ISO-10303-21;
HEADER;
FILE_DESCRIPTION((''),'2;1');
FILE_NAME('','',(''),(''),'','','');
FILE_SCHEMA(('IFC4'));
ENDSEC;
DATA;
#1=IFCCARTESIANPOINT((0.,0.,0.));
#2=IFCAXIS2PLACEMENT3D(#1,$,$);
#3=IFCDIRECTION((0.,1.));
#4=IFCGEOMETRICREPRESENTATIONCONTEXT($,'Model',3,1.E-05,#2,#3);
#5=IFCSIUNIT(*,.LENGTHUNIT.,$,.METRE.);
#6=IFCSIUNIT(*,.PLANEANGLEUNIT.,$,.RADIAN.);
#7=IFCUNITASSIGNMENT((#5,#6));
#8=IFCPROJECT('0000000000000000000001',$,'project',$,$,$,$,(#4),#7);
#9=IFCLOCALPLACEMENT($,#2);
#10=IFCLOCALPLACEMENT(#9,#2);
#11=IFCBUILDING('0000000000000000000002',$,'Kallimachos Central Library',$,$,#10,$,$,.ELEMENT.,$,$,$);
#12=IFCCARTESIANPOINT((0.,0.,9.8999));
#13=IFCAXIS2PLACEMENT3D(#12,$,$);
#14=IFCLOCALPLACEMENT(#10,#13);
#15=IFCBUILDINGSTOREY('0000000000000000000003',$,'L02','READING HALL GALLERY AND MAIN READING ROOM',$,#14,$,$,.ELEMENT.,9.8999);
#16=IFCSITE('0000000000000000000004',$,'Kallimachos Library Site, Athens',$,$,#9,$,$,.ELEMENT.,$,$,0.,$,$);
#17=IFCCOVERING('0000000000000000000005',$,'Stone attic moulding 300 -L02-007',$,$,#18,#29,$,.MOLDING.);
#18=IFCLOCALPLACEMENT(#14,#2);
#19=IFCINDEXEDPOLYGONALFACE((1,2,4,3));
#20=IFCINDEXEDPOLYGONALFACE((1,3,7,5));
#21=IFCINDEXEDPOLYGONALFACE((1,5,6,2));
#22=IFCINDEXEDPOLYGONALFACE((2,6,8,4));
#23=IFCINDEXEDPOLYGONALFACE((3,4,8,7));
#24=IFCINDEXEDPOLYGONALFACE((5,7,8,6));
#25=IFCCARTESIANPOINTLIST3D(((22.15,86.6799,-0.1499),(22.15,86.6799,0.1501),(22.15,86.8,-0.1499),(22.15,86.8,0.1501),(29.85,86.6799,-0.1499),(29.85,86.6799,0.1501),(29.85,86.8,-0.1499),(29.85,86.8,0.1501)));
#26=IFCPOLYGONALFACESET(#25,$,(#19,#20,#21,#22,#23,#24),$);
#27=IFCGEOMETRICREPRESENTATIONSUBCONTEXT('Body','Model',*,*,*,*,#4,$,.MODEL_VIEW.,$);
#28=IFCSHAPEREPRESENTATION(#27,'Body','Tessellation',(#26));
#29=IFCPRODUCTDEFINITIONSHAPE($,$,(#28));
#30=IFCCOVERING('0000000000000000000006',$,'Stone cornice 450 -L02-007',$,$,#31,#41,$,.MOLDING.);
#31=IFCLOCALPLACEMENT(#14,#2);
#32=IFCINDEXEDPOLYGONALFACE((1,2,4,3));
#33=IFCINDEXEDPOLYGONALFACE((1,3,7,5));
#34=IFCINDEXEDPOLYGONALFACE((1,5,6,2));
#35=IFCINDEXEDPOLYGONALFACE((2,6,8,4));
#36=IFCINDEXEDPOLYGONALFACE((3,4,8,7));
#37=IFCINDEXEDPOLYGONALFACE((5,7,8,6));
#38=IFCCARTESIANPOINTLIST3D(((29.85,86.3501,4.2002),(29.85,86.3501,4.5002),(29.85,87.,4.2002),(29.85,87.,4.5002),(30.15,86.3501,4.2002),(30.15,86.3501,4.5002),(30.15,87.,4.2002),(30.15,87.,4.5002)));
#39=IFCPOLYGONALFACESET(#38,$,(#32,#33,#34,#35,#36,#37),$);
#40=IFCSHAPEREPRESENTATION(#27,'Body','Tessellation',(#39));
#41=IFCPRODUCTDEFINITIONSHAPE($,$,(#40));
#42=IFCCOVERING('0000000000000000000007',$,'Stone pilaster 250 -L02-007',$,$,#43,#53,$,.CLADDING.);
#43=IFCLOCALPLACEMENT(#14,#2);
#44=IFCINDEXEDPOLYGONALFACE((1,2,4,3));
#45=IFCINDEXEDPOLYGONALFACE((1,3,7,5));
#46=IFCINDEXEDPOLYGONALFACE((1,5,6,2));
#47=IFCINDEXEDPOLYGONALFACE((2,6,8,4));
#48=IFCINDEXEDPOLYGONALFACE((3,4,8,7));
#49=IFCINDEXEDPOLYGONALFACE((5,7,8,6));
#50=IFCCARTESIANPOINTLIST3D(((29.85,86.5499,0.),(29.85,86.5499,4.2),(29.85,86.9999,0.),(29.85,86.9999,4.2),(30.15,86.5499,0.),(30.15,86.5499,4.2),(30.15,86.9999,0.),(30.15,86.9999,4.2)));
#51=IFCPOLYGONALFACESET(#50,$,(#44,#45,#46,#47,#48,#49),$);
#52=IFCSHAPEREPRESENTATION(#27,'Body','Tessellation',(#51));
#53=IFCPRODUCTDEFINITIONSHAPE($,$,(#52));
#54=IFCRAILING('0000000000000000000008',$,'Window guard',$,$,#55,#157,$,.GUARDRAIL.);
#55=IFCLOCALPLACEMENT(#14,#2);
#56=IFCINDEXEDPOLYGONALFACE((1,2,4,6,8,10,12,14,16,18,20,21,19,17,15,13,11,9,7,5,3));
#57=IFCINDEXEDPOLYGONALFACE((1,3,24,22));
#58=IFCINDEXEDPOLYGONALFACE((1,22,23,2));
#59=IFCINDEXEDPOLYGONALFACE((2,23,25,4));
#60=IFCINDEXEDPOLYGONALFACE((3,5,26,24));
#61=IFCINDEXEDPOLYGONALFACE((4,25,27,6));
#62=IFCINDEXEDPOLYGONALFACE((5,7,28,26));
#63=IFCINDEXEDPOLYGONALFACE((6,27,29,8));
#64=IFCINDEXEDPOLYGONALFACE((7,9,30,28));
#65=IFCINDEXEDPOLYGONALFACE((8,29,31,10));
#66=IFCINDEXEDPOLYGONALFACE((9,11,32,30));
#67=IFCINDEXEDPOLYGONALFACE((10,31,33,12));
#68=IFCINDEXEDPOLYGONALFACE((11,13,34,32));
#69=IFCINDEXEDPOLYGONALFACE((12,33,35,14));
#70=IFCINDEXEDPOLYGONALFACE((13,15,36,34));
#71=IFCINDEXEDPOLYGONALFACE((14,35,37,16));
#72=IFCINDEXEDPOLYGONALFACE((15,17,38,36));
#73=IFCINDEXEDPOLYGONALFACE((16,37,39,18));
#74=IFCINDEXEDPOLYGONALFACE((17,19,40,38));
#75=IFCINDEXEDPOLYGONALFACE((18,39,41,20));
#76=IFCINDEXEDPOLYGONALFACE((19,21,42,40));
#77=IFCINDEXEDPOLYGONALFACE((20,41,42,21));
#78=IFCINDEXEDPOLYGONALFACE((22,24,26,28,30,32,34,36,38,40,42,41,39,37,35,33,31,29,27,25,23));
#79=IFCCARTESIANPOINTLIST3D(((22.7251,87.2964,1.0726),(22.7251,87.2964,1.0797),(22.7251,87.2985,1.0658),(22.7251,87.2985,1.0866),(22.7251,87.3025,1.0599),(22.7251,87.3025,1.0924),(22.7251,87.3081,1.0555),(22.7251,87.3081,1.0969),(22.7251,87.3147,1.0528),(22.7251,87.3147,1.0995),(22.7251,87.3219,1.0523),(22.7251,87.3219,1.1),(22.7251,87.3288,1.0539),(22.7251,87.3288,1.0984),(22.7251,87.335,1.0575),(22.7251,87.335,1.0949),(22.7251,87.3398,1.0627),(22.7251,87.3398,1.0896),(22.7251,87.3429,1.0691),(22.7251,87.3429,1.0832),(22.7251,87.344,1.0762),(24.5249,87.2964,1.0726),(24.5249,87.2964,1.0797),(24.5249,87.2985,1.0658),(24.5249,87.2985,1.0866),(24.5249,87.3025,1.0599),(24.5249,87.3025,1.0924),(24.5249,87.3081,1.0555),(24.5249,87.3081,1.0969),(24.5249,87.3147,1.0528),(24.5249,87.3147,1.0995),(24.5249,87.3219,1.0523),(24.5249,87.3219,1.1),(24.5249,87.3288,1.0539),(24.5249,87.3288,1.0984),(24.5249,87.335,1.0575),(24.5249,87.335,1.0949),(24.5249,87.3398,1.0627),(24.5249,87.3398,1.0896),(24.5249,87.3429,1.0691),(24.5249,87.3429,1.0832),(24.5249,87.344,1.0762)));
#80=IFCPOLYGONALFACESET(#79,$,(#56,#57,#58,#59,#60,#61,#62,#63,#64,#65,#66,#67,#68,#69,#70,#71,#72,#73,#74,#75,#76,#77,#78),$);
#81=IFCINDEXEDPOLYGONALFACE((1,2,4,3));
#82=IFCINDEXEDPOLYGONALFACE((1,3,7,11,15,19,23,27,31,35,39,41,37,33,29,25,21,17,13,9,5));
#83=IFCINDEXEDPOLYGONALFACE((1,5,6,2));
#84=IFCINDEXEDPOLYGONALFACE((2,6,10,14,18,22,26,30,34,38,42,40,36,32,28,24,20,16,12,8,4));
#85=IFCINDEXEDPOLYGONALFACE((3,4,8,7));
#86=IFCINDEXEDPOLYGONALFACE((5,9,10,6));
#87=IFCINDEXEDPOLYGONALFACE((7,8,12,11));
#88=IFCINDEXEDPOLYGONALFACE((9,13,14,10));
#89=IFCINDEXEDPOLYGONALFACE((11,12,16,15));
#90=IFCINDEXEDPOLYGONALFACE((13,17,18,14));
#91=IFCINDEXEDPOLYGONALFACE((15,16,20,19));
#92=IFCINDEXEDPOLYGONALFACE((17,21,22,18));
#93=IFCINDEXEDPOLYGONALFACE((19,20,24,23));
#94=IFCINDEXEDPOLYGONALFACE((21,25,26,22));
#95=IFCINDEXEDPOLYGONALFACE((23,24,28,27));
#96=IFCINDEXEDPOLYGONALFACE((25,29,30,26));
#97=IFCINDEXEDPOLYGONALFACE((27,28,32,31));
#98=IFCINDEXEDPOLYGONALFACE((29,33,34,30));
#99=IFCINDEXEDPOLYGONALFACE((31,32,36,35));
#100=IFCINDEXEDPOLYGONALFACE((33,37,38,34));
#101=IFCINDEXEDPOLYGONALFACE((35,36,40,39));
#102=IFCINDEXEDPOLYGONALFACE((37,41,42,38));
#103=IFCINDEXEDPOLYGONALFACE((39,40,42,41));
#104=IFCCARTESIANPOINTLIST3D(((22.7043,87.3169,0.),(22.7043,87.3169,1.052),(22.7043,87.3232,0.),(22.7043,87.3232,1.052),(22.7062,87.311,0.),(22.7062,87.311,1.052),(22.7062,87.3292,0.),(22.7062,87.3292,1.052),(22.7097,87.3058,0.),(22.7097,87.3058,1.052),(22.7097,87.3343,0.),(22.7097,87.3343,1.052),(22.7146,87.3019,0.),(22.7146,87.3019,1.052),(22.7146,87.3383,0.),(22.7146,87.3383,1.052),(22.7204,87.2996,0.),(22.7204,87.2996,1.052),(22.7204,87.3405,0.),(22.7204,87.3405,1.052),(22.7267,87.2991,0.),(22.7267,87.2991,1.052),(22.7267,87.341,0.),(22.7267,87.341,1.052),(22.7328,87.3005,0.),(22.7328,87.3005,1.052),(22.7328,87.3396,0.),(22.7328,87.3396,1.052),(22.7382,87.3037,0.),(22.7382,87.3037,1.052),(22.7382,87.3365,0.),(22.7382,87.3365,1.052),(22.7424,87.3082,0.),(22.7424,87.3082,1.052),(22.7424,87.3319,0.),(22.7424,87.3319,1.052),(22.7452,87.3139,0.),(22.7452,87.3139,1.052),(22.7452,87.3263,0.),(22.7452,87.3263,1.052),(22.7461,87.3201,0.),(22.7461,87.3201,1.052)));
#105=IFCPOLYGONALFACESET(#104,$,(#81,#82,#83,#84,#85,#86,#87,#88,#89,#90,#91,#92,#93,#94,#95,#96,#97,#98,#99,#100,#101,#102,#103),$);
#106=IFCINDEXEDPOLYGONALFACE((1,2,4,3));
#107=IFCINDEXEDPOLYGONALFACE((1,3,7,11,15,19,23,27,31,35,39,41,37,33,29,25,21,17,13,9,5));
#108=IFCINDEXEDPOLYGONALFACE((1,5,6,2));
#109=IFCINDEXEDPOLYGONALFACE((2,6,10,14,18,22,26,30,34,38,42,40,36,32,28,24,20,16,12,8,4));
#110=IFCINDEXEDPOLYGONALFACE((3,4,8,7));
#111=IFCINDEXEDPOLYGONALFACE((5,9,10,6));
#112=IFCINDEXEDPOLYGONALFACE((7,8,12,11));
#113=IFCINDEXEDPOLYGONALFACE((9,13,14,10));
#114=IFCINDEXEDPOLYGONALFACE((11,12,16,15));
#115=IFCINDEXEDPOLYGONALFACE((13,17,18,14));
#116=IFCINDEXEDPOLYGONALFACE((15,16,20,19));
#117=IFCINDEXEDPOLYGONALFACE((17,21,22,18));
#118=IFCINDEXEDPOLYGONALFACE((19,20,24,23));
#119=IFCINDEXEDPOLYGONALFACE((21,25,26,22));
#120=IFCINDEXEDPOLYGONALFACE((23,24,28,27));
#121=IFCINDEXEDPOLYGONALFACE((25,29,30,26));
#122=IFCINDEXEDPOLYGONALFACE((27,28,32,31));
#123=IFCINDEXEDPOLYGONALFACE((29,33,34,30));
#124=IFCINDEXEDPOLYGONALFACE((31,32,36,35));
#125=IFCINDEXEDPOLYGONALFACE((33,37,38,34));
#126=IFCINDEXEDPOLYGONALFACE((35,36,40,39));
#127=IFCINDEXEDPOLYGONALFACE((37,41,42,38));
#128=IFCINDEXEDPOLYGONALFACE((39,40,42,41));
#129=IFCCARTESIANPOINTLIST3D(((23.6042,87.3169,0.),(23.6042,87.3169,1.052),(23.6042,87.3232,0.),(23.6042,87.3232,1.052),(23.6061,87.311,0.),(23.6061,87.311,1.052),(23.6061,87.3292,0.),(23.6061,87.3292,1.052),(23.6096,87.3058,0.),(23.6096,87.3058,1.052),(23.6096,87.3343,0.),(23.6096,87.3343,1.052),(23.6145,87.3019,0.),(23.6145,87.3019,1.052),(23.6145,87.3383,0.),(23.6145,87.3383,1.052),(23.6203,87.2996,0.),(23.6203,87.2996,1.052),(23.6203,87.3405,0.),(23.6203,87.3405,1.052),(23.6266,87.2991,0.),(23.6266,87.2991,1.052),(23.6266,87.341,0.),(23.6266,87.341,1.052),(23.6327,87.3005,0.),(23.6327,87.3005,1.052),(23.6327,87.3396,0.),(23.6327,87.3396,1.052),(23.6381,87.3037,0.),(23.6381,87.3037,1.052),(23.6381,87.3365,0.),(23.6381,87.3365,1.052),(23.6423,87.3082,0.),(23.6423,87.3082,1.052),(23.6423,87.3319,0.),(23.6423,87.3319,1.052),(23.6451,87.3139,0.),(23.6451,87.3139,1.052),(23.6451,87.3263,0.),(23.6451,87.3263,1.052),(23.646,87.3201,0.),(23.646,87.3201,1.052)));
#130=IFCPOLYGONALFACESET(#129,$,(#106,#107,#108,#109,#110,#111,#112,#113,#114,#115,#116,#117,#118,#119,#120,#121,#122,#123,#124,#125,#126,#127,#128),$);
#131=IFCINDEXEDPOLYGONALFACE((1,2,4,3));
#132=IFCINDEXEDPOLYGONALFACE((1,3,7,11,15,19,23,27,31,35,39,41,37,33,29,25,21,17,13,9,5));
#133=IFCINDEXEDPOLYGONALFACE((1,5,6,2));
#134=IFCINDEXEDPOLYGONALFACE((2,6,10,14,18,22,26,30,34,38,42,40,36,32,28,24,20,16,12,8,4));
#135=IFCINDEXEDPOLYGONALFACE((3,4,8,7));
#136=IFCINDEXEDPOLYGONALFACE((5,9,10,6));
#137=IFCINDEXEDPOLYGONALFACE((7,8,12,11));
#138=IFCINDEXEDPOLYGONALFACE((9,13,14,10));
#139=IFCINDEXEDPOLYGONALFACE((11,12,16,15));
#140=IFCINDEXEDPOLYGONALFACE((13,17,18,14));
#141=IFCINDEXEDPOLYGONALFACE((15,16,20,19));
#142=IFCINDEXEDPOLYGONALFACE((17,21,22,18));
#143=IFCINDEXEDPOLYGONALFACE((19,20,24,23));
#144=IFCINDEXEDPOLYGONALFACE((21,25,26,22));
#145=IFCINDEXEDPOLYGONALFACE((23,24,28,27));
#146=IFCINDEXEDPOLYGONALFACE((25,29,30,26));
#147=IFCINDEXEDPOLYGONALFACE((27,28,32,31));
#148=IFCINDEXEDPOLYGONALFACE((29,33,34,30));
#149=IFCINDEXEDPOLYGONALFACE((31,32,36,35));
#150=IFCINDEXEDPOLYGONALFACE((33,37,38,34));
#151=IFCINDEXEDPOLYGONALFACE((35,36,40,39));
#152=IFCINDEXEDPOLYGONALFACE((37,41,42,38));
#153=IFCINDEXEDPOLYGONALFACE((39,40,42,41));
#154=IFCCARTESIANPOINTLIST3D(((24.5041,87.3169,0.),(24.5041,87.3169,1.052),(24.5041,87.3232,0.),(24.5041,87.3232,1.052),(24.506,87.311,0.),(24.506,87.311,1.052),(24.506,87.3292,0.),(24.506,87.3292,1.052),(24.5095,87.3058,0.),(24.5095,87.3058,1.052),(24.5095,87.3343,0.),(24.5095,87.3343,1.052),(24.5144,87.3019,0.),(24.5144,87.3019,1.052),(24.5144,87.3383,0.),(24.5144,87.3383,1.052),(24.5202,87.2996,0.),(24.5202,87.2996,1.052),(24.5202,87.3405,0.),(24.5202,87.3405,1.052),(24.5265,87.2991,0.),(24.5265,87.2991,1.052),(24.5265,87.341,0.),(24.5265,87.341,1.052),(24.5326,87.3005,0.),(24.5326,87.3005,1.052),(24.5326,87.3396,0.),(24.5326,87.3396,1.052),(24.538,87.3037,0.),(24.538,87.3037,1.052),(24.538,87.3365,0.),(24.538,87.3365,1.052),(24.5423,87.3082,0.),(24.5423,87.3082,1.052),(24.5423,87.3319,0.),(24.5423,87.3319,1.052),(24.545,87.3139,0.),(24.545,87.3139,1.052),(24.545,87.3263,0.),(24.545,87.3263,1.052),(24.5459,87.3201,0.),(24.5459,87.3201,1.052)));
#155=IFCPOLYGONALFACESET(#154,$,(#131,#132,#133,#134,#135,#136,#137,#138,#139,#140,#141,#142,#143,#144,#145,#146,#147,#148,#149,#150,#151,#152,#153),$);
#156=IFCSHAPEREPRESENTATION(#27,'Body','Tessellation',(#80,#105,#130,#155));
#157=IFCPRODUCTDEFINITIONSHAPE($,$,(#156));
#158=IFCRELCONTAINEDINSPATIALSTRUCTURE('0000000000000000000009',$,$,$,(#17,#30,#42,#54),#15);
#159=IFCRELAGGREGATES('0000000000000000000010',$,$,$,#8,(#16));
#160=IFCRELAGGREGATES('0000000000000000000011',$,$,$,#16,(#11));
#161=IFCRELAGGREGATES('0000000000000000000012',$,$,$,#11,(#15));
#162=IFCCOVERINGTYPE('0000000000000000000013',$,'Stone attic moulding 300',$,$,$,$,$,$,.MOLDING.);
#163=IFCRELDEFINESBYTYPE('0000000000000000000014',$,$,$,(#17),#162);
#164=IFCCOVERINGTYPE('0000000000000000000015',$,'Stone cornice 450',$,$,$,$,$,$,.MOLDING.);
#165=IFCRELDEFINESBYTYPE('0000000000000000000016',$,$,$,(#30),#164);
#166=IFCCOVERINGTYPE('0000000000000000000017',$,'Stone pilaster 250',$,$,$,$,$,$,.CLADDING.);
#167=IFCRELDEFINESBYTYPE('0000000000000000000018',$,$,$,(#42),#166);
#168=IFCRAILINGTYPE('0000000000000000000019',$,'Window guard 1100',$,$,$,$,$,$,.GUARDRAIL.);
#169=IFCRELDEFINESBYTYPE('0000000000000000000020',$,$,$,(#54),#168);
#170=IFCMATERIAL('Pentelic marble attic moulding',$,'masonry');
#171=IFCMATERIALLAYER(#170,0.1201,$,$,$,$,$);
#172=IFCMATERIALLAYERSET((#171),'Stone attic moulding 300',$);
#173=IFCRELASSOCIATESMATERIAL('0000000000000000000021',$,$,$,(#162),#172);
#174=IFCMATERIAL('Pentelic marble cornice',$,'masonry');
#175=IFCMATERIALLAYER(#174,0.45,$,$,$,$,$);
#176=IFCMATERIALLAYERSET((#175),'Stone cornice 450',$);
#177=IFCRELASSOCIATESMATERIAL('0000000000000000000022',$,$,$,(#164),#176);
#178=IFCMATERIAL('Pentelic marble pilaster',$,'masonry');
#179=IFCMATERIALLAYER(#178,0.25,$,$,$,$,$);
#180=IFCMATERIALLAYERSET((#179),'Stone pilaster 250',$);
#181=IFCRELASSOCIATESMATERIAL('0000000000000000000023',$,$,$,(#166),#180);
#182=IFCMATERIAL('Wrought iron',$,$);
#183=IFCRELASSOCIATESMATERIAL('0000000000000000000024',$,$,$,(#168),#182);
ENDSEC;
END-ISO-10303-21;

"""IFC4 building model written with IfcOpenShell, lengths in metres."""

from ifc_helpers import new_model, si_unit, direction, frame, origin, origin_2d, place, context, subcontext, project, spatial, rectangle, circle, extrude, material, layer, layer_set, type_object, element, save


model = new_model("IFC4")

# Units and contexts
model_context = context("Model", 3, precision=1e-05, world=origin(), true_north=direction((0.0, 1.0)))
body_context = subcontext(model_context, "Body", "Model", "MODEL_VIEW")
ifc_project = project(units=[si_unit("LENGTHUNIT", "METRE"), si_unit("PLANEANGLEUNIT", "RADIAN")], contexts=[model_context])

# Site, building, storey
site_placement = place(None, origin())
site = spatial("IfcSite", under=ifc_project, at=site_placement, Name="Kallimachos Library Site, Athens", CompositionType="ELEMENT", RefElevation=0.0)
building_placement = place(site_placement, origin())
building = spatial("IfcBuilding", under=site, at=building_placement, Name="Kallimachos Central Library", CompositionType="ELEMENT")
storey_placement = place(building_placement, frame((0.0, 0.0, 9.8999)))
storey = spatial("IfcBuildingStorey", under=building, at=storey_placement, Name="L02", Description="READING HALL GALLERY AND MAIN READING ROOM", CompositionType="ELEMENT", Elevation=9.8999)

# Coverings
ifc_material_1 = material(Name="Pentelic marble attic moulding", Category="masonry")
ifc_layer_1 = layer(ifc_material_1, 0.1201)
ifc_layer_set_1 = layer_set([ifc_layer_1], Name="Stone attic moulding 300")
covering_type_1 = type_object("IfcCoveringType", Name="Stone attic moulding 300", PredefinedType="MOLDING", material=ifc_layer_set_1)
covering_1_placement = place(storey_placement, frame((26.0, 86.74, -0.1499), z_axis=(0.0, 0.0, 1.0), x_axis=(1.0, 0.0, 0.0)))
element("IfcCovering", 1, at=covering_1_placement, inside=storey, type_object=covering_type_1, Name="Stone attic moulding 300 -L02-007", PredefinedType="MOLDING", context=body_context, shape_type="SweptSolid", body=[
    extrude(rectangle(XDim=7.7, YDim=0.1201, at=origin_2d()), origin(), (0.0, 0.0, 1.0), 0.3),
])
ifc_material_2 = material(Name="Pentelic marble cornice", Category="masonry")
ifc_layer_2 = layer(ifc_material_2, 0.45)
ifc_layer_set_2 = layer_set([ifc_layer_2], Name="Stone cornice 450")
covering_type_2 = type_object("IfcCoveringType", Name="Stone cornice 450", PredefinedType="MOLDING", material=ifc_layer_set_2)
covering_2_placement = place(storey_placement, frame((30.0, 86.675, 4.2002), z_axis=(0.0, 0.0, 1.0), x_axis=(1.0, 0.0, 0.0)))
element("IfcCovering", 2, at=covering_2_placement, inside=storey, type_object=covering_type_2, Name="Stone cornice 450 -L02-007", PredefinedType="MOLDING", context=body_context, shape_type="SweptSolid", body=[
    extrude(rectangle(XDim=0.3, YDim=0.6499, at=origin_2d()), origin(), (0.0, 0.0, 1.0), 0.3),
])
ifc_material_3 = material(Name="Pentelic marble pilaster", Category="masonry")
ifc_layer_3 = layer(ifc_material_3, 0.25)
ifc_layer_set_3 = layer_set([ifc_layer_3], Name="Stone pilaster 250")
covering_type_3 = type_object("IfcCoveringType", Name="Stone pilaster 250", PredefinedType="CLADDING", material=ifc_layer_set_3)
covering_3_placement = place(storey_placement, frame((30.0, 86.7749, 0.0), z_axis=(0.0, 0.0, 1.0), x_axis=(1.0, 0.0, 0.0)))
element("IfcCovering", 3, at=covering_3_placement, inside=storey, type_object=covering_type_3, Name="Stone pilaster 250 -L02-007", PredefinedType="CLADDING", context=body_context, shape_type="SweptSolid", body=[
    extrude(rectangle(XDim=0.3, YDim=0.45, at=origin_2d()), origin(), (0.0, 0.0, 1.0), 4.2),
])

# Railing
ifc_material_4 = material(Name="Wrought iron")
railing_type = type_object("IfcRailingType", Name="Window guard 1100", PredefinedType="GUARDRAIL", material=ifc_material_4)
for number, where, name in (
    (4, (22.7251, 87.3201, 0.0), "Window guard"),
):
    element("IfcRailing", number, at=place(storey_placement, frame(where)), inside=storey, type_object=railing_type, Name=name, PredefinedType="GUARDRAIL", context=body_context, shape_type="SweptSolid", body=[
        extrude(circle(Radius=0.0239, at=origin_2d()), frame((0.0, 0.0, 1.0762), z_axis=(1.0, 0.0, 0.0), x_axis=(0.0, 1.0, 0.0)), (0.0, 0.0, 1.0), 1.7998),
        extrude(circle(Radius=0.021, at=origin_2d()), origin(), (0.0, 0.0, 1.0), 1.052),
        extrude(circle(Radius=0.021, at=origin_2d()), frame((0.8999, 0.0, 0.0)), (0.0, 0.0, 1.0), 1.052),
        extrude(circle(Radius=0.021, at=origin_2d()), frame((1.7998, 0.0, 0.0)), (0.0, 0.0, 1.0), 1.052),
    ])

save(model, "model.ifc")
